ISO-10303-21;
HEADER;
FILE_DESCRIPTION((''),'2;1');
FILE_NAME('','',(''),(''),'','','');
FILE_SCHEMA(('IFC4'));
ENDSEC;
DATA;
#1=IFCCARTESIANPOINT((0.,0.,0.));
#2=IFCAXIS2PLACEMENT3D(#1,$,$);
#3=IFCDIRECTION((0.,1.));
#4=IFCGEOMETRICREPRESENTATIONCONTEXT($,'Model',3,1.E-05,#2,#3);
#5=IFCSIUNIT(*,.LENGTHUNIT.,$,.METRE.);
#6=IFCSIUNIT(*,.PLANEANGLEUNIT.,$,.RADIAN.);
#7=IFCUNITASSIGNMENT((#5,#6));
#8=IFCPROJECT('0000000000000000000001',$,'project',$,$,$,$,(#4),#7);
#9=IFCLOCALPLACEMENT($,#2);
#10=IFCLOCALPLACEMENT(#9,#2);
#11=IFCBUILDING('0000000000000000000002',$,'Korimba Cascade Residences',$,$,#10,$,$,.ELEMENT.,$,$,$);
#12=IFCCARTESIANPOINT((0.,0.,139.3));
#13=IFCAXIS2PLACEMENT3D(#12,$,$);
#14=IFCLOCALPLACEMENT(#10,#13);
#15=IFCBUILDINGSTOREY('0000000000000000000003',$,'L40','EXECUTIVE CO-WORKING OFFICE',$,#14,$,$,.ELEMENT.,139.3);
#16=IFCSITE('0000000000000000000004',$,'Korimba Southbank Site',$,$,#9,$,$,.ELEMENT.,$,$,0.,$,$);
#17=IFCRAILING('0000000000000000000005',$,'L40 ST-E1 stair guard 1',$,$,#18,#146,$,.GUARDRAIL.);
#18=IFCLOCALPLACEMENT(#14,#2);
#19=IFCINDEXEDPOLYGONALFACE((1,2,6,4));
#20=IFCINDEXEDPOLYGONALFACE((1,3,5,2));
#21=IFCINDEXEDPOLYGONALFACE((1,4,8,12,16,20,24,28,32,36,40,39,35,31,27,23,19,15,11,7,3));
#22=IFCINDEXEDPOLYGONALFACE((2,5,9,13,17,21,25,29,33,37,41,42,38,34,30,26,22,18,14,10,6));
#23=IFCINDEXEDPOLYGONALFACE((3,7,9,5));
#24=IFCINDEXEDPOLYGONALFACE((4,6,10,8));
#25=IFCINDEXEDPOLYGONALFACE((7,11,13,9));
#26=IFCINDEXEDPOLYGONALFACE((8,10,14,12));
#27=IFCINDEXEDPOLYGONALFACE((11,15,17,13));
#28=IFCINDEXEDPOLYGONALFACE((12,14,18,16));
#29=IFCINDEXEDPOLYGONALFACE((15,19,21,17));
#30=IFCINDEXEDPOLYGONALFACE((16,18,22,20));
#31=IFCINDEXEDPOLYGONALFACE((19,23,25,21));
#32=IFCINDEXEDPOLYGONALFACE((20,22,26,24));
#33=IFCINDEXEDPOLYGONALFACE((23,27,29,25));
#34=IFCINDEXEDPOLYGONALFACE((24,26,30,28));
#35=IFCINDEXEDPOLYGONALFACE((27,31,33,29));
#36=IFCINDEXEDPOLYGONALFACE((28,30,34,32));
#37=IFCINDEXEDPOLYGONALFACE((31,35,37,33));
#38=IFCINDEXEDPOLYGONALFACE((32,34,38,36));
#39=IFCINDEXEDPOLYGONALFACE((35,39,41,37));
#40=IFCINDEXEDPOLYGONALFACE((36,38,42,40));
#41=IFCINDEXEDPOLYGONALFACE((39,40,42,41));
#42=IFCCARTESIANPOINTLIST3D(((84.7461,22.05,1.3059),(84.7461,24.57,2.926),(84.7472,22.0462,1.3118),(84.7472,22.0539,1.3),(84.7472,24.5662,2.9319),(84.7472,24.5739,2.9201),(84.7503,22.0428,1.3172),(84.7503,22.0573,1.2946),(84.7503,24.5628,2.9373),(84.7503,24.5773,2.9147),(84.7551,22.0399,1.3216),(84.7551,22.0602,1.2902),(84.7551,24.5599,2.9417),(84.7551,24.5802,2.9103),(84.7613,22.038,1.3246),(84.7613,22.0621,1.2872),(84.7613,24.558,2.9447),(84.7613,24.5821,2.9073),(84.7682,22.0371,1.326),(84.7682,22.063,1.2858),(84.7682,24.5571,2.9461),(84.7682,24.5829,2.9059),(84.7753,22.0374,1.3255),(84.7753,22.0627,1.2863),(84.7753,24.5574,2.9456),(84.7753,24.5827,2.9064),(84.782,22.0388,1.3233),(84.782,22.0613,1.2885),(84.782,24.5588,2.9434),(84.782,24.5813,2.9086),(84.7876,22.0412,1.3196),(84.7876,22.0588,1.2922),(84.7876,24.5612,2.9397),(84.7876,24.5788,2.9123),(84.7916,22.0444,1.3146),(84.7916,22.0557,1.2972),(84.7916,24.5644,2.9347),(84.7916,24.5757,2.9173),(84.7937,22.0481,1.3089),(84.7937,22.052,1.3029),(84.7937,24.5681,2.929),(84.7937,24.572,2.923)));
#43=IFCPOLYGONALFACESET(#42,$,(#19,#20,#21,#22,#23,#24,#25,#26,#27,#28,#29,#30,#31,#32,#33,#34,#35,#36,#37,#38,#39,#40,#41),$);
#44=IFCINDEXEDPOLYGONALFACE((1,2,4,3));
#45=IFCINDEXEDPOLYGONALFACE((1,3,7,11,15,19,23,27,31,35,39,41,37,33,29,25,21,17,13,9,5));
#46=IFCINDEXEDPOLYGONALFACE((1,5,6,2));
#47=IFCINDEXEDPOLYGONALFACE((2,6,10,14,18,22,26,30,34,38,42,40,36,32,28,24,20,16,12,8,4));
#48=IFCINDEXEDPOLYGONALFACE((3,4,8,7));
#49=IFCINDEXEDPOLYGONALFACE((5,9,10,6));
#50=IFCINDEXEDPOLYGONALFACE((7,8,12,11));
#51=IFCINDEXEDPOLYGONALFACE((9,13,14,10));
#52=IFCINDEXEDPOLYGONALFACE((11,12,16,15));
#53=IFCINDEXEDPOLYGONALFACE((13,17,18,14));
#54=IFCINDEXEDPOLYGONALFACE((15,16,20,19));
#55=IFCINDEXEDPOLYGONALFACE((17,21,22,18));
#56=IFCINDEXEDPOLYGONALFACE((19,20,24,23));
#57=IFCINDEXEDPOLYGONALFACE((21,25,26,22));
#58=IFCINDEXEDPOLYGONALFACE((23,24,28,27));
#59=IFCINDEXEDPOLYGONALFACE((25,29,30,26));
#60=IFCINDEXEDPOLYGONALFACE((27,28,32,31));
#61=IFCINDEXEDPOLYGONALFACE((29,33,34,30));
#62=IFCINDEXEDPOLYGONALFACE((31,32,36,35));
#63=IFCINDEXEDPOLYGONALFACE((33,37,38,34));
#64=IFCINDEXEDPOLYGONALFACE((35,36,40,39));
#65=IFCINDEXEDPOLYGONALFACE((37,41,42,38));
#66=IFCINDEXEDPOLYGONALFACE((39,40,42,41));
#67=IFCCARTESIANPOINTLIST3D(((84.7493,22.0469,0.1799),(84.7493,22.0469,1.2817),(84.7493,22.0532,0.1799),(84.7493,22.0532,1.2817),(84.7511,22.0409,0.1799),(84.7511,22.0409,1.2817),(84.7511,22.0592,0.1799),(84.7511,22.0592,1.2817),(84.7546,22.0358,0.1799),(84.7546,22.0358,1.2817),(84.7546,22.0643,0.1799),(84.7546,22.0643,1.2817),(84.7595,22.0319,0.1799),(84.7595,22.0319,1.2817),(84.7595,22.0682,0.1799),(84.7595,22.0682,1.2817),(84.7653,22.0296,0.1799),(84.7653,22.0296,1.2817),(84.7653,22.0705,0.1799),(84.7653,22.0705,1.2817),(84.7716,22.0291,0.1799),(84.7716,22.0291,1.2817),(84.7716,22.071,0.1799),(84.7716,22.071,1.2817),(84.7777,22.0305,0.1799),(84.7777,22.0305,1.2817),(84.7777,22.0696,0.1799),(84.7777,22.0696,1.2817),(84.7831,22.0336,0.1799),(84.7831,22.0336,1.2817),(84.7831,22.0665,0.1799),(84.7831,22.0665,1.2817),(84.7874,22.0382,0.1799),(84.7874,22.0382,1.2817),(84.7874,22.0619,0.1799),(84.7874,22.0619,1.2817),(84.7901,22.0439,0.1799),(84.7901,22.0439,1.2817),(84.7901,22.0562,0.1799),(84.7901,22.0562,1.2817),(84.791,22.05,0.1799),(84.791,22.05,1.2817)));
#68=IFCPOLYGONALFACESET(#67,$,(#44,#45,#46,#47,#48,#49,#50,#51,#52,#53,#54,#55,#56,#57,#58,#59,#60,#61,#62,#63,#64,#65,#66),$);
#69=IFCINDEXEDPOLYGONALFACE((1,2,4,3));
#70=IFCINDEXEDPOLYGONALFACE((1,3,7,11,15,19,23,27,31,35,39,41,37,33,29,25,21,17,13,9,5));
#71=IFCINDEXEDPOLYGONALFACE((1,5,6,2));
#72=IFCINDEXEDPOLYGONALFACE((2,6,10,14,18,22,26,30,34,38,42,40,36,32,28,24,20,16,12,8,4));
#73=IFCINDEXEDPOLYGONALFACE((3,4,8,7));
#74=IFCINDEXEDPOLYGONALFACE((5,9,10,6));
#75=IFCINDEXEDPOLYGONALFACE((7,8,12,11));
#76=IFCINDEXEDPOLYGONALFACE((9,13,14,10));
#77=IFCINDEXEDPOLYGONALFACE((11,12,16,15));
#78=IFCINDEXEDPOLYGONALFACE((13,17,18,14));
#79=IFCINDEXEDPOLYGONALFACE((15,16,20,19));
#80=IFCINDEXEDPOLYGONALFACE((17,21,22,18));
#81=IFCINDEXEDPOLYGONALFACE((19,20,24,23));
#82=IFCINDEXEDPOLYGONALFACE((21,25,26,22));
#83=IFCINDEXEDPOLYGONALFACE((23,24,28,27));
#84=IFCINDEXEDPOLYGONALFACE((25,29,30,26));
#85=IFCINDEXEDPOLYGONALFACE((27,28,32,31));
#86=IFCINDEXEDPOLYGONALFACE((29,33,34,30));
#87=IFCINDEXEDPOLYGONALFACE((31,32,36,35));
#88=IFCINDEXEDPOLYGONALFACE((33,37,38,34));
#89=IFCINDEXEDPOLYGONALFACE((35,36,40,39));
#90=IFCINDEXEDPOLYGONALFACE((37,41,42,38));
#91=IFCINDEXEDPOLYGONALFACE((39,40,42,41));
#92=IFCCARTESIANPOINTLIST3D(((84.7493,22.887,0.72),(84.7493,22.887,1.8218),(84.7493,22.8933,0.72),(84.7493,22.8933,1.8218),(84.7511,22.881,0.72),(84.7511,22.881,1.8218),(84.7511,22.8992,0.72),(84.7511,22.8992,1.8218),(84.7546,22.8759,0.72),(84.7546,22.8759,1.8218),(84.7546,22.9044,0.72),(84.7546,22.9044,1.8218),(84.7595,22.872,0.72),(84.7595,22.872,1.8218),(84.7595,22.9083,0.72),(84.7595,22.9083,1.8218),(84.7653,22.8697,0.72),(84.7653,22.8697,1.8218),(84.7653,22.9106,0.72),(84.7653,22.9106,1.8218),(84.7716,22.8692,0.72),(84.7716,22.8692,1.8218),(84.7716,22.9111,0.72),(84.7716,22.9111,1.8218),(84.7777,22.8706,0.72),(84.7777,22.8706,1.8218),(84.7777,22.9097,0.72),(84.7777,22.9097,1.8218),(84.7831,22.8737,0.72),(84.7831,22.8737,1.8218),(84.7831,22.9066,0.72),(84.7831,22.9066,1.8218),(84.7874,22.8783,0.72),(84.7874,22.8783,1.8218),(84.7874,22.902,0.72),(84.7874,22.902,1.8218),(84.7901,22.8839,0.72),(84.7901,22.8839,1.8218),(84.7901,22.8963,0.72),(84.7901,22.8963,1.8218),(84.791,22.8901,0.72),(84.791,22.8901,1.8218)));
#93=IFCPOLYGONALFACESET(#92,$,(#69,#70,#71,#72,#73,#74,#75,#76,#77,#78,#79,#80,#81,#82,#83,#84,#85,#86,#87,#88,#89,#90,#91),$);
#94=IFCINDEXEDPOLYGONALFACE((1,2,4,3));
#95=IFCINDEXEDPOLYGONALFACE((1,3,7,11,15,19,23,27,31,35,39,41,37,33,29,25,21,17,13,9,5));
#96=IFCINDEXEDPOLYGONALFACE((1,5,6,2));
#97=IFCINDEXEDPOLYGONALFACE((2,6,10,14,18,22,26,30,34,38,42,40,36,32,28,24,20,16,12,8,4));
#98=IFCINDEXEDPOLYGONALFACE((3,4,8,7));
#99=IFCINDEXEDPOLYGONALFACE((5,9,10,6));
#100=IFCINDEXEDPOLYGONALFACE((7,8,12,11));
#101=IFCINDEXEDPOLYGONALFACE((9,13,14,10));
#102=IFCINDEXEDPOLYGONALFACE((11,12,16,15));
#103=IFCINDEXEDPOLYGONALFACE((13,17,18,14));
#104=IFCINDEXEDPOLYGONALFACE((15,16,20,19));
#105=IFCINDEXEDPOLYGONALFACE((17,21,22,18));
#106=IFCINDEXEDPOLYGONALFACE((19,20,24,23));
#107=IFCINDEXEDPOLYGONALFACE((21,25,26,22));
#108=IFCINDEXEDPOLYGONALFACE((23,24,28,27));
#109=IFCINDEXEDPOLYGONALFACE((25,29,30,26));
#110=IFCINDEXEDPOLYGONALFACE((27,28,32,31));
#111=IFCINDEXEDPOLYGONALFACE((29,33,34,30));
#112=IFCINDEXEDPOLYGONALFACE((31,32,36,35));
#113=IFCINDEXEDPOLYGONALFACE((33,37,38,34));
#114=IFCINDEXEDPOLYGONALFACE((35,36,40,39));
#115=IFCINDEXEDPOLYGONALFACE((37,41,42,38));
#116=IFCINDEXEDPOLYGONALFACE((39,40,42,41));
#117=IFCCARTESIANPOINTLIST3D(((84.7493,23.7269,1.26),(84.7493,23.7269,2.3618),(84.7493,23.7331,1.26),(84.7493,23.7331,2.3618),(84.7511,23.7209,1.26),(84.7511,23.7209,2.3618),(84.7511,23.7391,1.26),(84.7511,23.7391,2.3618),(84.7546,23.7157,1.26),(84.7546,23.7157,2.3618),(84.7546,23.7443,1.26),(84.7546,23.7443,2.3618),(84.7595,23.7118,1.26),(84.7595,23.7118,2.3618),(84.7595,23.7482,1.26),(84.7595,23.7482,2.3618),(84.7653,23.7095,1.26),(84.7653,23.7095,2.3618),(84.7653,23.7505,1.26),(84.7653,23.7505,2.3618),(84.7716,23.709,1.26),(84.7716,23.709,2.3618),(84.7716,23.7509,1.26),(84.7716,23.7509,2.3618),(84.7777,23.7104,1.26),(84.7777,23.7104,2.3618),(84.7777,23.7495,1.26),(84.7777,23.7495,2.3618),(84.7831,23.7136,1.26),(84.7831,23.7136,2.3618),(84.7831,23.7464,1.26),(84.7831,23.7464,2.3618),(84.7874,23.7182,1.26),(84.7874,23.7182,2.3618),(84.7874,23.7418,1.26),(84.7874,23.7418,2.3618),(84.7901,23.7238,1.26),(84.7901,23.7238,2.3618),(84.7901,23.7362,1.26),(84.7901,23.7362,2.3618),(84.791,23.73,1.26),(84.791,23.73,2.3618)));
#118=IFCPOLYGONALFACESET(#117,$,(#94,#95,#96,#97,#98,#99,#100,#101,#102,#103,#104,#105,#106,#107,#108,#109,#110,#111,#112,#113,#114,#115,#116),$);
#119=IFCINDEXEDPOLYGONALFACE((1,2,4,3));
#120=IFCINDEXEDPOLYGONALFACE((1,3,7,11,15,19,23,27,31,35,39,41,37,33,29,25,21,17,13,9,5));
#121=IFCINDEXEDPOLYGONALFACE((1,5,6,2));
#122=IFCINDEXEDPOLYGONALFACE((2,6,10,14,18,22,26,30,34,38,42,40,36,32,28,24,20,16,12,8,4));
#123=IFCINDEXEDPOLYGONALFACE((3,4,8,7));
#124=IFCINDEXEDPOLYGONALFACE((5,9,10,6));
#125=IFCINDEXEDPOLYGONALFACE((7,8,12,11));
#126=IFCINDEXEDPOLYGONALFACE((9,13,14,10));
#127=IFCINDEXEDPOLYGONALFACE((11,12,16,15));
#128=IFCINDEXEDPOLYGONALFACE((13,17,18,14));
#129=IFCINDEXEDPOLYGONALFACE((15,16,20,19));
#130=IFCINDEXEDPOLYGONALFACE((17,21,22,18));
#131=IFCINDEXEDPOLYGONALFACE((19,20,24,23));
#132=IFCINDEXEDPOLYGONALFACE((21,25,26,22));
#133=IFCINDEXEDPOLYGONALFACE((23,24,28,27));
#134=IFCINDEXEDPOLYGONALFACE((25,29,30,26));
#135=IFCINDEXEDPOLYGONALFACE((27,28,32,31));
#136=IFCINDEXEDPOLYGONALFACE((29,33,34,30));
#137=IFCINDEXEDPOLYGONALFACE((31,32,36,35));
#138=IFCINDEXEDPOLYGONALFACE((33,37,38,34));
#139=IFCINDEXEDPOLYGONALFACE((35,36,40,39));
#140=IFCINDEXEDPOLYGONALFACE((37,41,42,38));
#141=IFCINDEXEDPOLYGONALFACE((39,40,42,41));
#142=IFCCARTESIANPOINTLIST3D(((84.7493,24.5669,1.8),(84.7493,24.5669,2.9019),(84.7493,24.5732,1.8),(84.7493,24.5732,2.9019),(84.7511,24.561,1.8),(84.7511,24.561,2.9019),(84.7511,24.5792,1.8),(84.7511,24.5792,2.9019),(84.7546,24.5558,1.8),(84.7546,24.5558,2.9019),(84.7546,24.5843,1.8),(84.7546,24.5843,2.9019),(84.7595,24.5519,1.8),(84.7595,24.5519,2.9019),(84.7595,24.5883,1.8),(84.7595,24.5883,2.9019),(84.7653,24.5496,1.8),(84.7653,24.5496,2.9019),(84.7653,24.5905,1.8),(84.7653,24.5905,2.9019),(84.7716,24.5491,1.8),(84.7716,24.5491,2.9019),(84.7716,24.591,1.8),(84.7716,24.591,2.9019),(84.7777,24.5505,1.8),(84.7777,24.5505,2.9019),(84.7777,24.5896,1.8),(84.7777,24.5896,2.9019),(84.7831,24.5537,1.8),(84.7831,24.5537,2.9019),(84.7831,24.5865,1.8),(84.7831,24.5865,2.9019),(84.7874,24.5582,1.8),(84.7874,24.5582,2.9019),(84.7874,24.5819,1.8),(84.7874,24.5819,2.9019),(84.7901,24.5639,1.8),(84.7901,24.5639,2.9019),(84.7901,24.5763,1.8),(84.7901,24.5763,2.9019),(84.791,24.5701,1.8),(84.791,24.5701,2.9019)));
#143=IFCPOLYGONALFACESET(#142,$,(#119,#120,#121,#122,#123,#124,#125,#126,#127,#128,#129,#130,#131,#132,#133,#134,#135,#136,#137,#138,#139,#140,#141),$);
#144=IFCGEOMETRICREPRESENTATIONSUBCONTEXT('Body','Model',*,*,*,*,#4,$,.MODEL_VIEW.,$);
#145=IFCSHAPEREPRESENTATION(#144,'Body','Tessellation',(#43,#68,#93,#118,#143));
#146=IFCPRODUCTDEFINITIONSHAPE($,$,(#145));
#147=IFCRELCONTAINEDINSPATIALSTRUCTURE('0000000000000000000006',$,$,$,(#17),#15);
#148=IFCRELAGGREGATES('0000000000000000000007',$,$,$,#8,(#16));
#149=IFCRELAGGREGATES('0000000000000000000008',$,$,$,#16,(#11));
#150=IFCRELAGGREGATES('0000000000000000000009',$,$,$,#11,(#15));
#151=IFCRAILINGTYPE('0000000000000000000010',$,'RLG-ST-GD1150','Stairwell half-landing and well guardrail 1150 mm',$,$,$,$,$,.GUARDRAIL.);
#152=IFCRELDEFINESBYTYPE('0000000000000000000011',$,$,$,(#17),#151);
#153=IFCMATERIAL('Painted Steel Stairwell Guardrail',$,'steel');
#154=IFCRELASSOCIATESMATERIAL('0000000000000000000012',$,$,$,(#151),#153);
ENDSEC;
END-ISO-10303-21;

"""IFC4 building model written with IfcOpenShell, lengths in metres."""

from ifc_helpers import new_model, si_unit, direction, frame, origin, origin_2d, place, context, subcontext, project, spatial, circle, extrude, material, type_object, element, save


model = new_model("IFC4")

# Units and contexts
model_context = context("Model", 3, precision=1e-05, world=origin(), true_north=direction((0.0, 1.0)))
body_context = subcontext(model_context, "Body", "Model", "MODEL_VIEW")
ifc_project = project(units=[si_unit("LENGTHUNIT", "METRE"), si_unit("PLANEANGLEUNIT", "RADIAN")], contexts=[model_context])

# Site, building, storey
site_placement = place(None, origin())
site = spatial("IfcSite", under=ifc_project, at=site_placement, Name="Korimba Southbank Site", CompositionType="ELEMENT", RefElevation=0.0)
building_placement = place(site_placement, origin())
building = spatial("IfcBuilding", under=site, at=building_placement, Name="Korimba Cascade Residences", CompositionType="ELEMENT")
storey_placement = place(building_placement, frame((0.0, 0.0, 139.3)))
storey = spatial("IfcBuildingStorey", under=building, at=storey_placement, Name="L40", Description="EXECUTIVE CO-WORKING OFFICE", CompositionType="ELEMENT", Elevation=139.3)

# Railing
ifc_material_1 = material(Name="Painted Steel Stairwell Guardrail", Category="steel")
railing_type_1 = type_object("IfcRailingType", Name="RLG-ST-GD1150", Description="Stairwell half-landing and well guardrail 1150 mm", PredefinedType="GUARDRAIL", material=ifc_material_1)
railing_1_placement = place(storey_placement, frame((84.77, 22.05, 0.1799)))
element("IfcRailing", 1, at=railing_1_placement, inside=storey, type_object=railing_type_1, Name="L40 ST-E1 stair guard 1", PredefinedType="GUARDRAIL", context=body_context, shape_type="SweptSolid", body=[
    extrude(circle(Radius=0.0239, at=origin_2d()), frame((0.0, 0.0, 1.126), z_axis=(0.0, 0.841163, 0.540782), x_axis=(-1.0, 0.0, 0.0)), (0.0, 0.0, 1.0), 2.9958),
    extrude(circle(Radius=0.021, at=origin_2d()), origin(), (0.0, 0.0, 1.0), 1.1018),
    extrude(circle(Radius=0.021, at=origin_2d()), frame((0.0, 0.8401, 0.54)), (0.0, 0.0, 1.0), 1.1018),
    extrude(circle(Radius=0.021, at=origin_2d()), frame((0.0, 1.6799, 1.0801)), (0.0, 0.0, 1.0), 1.1018),
    extrude(circle(Radius=0.021, at=origin_2d()), frame((0.0, 2.52, 1.6201)), (0.0, 0.0, 1.0), 1.1018),
])

save(model, "model.ifc")
